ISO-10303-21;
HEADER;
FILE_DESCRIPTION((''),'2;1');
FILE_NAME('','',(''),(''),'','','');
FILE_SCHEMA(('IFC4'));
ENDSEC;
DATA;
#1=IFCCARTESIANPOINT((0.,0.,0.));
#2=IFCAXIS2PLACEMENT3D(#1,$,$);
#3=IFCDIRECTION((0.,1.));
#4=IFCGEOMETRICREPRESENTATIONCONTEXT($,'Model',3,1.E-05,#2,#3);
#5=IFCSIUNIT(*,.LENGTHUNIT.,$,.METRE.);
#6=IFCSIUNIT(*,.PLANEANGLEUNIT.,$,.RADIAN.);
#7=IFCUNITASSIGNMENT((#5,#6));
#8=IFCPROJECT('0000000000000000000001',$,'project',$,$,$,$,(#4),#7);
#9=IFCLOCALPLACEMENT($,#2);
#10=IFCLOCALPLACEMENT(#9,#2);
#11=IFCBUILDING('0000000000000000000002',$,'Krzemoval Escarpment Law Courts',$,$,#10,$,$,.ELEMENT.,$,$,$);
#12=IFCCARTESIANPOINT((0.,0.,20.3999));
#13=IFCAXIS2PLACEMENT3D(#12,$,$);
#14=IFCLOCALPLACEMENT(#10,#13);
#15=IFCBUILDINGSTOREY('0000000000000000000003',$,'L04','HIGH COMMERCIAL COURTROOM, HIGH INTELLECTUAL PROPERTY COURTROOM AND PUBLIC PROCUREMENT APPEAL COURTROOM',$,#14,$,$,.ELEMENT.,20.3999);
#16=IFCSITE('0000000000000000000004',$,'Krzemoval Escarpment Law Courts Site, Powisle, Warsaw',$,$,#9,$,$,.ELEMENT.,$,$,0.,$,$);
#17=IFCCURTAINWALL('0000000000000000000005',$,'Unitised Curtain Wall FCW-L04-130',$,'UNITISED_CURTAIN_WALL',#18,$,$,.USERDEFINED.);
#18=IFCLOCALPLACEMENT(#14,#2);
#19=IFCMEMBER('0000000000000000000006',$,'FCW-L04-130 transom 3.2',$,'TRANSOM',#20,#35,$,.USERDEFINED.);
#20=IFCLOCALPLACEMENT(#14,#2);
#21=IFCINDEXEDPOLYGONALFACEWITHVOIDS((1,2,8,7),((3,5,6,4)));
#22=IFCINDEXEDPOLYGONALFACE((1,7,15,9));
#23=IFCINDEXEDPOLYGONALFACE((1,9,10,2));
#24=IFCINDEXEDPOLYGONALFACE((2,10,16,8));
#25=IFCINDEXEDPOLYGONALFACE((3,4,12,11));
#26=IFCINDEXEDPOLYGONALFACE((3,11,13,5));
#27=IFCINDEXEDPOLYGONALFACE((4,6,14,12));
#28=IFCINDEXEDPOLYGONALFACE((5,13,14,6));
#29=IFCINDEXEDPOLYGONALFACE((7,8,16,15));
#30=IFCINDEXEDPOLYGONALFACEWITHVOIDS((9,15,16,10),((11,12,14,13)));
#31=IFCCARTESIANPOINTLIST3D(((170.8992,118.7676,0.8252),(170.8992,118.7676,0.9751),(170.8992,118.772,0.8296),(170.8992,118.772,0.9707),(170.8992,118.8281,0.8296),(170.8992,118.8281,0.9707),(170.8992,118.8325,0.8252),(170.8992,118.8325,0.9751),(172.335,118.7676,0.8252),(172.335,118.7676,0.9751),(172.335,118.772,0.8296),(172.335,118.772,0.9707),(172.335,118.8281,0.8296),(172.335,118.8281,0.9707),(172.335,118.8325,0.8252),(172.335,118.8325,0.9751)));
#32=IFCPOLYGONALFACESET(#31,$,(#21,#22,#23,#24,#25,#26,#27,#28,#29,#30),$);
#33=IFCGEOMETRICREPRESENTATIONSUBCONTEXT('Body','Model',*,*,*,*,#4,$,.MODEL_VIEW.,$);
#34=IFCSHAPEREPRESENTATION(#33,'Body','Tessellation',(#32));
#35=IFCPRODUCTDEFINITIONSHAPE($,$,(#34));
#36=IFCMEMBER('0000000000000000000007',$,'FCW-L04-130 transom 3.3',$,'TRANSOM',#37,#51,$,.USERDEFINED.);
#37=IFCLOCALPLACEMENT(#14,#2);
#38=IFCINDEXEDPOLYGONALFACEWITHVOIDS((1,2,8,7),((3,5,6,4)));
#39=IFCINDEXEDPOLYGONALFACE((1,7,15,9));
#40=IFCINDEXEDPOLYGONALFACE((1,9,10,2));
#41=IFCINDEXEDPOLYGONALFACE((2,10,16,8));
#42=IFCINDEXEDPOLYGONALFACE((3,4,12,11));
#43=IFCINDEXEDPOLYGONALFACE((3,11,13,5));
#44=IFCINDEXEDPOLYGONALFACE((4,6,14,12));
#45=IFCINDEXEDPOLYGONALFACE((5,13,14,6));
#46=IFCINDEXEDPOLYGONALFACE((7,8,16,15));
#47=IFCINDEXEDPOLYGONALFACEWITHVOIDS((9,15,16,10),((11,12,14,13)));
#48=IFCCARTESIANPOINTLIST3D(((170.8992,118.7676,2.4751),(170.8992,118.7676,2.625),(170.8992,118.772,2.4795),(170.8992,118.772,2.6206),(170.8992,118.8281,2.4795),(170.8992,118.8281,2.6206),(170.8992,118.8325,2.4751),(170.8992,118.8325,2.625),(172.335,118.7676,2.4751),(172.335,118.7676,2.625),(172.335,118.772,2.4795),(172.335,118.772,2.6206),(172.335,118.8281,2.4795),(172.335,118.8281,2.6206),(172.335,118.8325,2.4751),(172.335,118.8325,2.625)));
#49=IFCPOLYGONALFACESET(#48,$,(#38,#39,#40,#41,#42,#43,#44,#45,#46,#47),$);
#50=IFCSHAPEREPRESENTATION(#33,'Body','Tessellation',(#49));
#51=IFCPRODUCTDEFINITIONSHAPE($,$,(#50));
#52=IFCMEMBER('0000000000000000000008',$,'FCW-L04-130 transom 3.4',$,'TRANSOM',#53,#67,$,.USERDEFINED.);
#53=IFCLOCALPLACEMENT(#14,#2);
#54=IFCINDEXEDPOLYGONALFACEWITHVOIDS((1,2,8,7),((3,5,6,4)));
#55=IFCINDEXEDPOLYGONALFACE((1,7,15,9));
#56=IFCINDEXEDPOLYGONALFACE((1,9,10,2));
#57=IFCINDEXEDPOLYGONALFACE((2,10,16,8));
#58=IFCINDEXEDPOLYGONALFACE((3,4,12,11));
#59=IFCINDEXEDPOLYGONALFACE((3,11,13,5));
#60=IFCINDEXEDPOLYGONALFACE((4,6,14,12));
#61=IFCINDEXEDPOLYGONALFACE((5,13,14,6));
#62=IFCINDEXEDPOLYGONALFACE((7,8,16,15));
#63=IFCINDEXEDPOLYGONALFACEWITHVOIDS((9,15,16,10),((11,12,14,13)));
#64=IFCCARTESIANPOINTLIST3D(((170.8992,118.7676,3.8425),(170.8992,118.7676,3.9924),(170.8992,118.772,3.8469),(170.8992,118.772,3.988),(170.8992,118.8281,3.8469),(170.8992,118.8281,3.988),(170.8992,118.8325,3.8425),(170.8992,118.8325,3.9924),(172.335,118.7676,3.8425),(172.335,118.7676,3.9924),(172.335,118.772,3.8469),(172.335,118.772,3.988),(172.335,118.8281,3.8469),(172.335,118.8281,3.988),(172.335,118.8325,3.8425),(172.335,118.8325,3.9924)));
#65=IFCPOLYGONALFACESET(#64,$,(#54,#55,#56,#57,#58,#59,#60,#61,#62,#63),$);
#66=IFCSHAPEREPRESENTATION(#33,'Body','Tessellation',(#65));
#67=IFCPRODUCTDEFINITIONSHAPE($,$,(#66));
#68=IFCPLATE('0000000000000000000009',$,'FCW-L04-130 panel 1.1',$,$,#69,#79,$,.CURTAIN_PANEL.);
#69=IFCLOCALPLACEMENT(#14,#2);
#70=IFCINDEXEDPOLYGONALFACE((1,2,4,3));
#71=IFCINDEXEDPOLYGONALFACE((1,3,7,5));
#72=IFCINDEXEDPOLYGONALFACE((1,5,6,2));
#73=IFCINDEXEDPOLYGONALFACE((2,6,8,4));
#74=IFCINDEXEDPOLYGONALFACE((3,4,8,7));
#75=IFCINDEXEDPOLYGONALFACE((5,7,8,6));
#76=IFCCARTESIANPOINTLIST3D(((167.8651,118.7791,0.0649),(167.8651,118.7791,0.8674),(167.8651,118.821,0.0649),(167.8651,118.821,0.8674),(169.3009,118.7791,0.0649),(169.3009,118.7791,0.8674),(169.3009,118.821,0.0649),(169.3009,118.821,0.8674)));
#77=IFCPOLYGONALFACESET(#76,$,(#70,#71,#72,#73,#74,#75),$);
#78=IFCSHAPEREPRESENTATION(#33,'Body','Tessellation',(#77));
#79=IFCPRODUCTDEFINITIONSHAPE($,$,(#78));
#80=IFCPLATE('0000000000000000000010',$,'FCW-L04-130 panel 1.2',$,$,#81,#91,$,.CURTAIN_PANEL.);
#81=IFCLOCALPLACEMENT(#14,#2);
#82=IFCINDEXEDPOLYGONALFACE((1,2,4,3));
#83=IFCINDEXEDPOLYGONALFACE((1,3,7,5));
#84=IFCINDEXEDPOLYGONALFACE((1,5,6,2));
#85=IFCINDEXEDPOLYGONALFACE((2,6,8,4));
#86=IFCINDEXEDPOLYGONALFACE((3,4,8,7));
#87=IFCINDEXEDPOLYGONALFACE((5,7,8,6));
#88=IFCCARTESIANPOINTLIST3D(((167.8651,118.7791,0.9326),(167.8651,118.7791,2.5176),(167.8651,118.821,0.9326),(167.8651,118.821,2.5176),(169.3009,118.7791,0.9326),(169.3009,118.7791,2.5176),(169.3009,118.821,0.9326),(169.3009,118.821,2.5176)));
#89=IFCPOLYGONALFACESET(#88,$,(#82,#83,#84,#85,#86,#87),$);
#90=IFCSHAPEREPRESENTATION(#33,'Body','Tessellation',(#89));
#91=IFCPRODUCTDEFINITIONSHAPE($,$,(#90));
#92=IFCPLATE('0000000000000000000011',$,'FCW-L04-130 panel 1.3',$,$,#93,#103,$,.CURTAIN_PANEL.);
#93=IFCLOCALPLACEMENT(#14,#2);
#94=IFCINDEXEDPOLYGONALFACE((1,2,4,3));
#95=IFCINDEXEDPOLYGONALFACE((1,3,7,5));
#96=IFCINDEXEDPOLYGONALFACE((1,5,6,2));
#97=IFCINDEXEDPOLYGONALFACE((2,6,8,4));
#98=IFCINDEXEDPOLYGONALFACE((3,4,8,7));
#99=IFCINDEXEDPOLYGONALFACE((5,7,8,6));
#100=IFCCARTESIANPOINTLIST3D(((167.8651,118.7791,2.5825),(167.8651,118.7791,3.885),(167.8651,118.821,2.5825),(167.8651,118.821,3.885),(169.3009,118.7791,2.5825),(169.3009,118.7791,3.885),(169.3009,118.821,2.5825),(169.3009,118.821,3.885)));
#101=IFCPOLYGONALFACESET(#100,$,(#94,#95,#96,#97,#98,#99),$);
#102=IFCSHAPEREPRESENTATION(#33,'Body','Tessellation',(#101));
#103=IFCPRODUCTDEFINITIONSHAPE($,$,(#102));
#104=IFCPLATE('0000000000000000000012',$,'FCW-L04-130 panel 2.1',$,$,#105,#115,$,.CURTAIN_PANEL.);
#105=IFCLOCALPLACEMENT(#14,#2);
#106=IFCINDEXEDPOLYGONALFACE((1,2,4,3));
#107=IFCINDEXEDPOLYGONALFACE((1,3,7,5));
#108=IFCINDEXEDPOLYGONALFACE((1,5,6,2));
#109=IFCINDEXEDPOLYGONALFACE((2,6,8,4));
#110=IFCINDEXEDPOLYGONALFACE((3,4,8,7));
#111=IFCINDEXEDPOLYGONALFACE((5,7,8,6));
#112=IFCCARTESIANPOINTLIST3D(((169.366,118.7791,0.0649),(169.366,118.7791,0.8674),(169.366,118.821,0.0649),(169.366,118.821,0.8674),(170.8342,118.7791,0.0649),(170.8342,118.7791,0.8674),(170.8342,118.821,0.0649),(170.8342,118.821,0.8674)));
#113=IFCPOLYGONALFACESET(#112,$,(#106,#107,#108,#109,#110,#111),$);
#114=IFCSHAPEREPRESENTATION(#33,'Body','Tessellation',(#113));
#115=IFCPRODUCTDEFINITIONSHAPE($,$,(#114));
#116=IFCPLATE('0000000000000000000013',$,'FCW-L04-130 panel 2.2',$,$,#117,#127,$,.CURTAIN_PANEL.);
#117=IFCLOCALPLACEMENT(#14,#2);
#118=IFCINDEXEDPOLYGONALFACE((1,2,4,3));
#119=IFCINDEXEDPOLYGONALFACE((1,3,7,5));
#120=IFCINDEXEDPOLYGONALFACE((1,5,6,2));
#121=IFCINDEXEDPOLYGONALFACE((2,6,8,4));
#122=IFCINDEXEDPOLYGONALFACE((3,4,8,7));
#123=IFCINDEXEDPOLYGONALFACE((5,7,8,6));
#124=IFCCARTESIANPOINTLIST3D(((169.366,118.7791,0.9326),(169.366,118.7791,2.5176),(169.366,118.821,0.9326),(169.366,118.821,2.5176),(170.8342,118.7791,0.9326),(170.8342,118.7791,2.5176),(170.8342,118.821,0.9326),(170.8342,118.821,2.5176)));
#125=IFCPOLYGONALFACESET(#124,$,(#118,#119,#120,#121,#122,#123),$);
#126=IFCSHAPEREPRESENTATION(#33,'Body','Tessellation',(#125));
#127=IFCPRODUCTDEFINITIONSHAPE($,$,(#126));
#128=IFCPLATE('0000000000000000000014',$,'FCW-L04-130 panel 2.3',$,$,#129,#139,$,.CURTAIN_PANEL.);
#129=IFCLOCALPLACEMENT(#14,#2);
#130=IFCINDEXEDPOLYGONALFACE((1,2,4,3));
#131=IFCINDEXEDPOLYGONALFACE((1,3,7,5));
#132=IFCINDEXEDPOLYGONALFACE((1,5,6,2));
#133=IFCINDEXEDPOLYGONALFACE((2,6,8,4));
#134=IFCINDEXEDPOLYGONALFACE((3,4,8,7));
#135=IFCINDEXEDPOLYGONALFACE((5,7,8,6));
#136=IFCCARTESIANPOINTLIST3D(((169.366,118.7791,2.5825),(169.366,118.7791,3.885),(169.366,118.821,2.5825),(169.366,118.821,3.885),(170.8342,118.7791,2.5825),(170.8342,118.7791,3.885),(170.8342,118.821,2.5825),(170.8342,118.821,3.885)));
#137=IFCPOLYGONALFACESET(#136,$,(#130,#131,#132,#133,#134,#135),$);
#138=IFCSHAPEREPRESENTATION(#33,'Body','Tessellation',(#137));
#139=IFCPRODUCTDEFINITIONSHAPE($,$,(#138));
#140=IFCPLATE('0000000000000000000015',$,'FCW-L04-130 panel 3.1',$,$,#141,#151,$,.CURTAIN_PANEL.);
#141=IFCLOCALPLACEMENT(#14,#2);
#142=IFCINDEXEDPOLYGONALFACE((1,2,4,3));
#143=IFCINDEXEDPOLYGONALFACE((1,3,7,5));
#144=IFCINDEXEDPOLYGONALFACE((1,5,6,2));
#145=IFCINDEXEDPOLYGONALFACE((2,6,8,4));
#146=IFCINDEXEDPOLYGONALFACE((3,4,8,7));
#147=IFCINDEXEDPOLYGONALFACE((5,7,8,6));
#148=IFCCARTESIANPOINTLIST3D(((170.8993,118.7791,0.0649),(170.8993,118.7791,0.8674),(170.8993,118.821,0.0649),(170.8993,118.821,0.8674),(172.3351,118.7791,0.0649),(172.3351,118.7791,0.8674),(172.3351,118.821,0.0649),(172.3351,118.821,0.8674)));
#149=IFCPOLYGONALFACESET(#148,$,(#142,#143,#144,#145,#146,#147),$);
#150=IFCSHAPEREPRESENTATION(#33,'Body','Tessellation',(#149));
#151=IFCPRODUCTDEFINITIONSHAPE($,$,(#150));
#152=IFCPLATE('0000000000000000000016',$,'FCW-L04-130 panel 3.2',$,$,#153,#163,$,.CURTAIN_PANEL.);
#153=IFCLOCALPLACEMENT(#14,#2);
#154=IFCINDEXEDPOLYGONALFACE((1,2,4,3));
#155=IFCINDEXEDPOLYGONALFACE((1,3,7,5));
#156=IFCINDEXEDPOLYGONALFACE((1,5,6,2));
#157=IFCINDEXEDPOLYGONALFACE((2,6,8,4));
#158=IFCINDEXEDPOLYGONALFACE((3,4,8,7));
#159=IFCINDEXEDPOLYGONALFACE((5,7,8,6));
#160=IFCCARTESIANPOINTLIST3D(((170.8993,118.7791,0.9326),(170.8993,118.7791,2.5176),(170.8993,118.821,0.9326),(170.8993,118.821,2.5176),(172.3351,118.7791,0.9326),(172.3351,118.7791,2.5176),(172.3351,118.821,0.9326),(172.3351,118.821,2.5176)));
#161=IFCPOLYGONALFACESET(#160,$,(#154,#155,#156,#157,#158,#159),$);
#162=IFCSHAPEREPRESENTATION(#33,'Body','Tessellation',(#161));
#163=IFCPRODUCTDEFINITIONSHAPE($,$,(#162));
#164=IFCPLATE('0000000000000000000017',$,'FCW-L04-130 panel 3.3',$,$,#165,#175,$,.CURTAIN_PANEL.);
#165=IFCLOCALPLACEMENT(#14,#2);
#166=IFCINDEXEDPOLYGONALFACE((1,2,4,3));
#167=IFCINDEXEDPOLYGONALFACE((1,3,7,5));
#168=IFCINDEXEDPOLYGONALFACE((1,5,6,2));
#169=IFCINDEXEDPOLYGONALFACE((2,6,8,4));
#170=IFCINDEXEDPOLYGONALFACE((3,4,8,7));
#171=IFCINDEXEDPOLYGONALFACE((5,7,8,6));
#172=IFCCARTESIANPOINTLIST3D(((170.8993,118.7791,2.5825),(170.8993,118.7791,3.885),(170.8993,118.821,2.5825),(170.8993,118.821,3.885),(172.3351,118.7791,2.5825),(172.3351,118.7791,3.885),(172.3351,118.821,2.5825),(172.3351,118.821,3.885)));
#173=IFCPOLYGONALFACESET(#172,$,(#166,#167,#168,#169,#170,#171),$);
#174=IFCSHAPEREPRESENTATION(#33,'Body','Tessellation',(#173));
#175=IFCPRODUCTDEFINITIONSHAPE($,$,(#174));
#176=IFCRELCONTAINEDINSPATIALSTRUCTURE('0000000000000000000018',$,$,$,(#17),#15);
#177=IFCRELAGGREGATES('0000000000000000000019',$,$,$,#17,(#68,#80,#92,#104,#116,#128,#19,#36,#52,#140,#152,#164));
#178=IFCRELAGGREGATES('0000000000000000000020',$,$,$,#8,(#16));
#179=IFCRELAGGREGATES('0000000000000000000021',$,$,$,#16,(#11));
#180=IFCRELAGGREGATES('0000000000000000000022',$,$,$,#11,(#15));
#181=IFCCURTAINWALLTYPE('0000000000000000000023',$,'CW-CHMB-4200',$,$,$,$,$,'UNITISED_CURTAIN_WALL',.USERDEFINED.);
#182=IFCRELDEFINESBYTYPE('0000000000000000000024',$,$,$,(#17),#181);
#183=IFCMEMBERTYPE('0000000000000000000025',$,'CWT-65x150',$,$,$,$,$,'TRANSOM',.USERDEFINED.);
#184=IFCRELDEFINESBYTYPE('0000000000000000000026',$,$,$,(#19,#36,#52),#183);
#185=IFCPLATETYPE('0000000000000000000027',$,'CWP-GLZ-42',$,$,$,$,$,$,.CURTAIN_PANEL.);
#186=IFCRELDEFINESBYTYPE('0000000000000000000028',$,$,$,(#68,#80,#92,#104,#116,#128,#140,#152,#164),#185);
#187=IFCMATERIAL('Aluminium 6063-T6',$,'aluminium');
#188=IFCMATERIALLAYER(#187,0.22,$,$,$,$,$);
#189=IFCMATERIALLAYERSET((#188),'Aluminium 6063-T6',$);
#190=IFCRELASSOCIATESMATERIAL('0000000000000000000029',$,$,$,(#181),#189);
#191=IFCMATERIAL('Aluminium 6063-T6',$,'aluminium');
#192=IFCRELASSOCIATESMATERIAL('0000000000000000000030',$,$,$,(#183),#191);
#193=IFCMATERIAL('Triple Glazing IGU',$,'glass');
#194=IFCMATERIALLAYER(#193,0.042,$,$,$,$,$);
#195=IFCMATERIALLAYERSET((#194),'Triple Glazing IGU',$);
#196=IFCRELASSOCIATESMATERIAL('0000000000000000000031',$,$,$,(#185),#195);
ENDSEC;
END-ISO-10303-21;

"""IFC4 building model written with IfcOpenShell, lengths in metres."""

from ifc_helpers import new_model, si_unit, direction, frame, origin, origin_2d, place, context, subcontext, project, spatial, rectangle, hollow_rectangle, extrude, material, layer, layer_set, material_profile, profile_set, type_object, element, aggregate, save


model = new_model("IFC4")

# Units and contexts
model_context = context("Model", 3, precision=1e-05, world=origin(), true_north=direction((0.0, 1.0)))
body_context = subcontext(model_context, "Body", "Model", "MODEL_VIEW")
ifc_project = project(units=[si_unit("LENGTHUNIT", "METRE"), si_unit("PLANEANGLEUNIT", "RADIAN")], contexts=[model_context])

# Site, building, storey
site_placement = place(None, origin())
site = spatial("IfcSite", under=ifc_project, at=site_placement, Name="Krzemoval Escarpment Law Courts Site, Powisle, Warsaw", CompositionType="ELEMENT", RefElevation=0.0)
building_placement = place(site_placement, origin())
building = spatial("IfcBuilding", under=site, at=building_placement, Name="Krzemoval Escarpment Law Courts", CompositionType="ELEMENT")
storey_placement = place(building_placement, frame((0.0, 0.0, 20.3999)))
storey = spatial("IfcBuildingStorey", under=building, at=storey_placement, Name="L04", Description="HIGH COMMERCIAL COURTROOM, HIGH INTELLECTUAL PROPERTY COURTROOM AND PUBLIC PROCUREMENT APPEAL COURTROOM", CompositionType="ELEMENT", Elevation=20.3999)

# Curtain wall, members, plates
ifc_material_1 = material(Name="Aluminium 6063-T6", Category="aluminium")
ifc_layer_1 = layer(ifc_material_1, 0.22)
ifc_layer_set_1 = layer_set([ifc_layer_1], Name="Aluminium 6063-T6")
curtain_wall_type = type_object("IfcCurtainWallType", Name="CW-CHMB-4200", ElementType="UNITISED_CURTAIN_WALL", PredefinedType="USERDEFINED", material=ifc_layer_set_1)
curtain_wall_placement = place(storey_placement, origin())
curtain_wall = element("IfcCurtainWall", 1, at=curtain_wall_placement, inside=storey, type_object=curtain_wall_type, Name="Unitised Curtain Wall FCW-L04-130", ObjectType="UNITISED_CURTAIN_WALL", PredefinedType="USERDEFINED")
ifc_material_2 = material(Name="Aluminium 6063-T6", Category="aluminium")
ifc_material_profile_1 = material_profile(ifc_material_2, hollow_rectangle(XDim=0.0649, YDim=0.1499, WallThickness=0.0044, at=origin_2d()), Name="ALU T65x150")
ifc_profile_set_1 = profile_set([ifc_material_profile_1], Name="Aluminium 6063-T6")
member_type_1 = type_object("IfcMemberType", Name="CWT-65x150", ElementType="TRANSOM", PredefinedType="USERDEFINED", material=ifc_profile_set_1)
member_1_placement = place(storey_placement, frame((170.8992, 118.8, 0.9001), z_axis=(1.0, 0.0, 0.0), x_axis=(0.0, 1.0, 0.0)))
member_1 = element("IfcMember", 2, at=member_1_placement, type_object=member_type_1, Name="FCW-L04-130 transom 3.2", ObjectType="TRANSOM", PredefinedType="USERDEFINED", context=body_context, shape_type="SweptSolid", body=[
    extrude(hollow_rectangle(XDim=0.0649, YDim=0.1499, WallThickness=0.0044, at=origin_2d()), origin(), (0.0, 0.0, 1.0), 1.4358),
])
member_2_placement = place(storey_placement, frame((170.8992, 118.8, 2.55), z_axis=(1.0, 0.0, 0.0), x_axis=(0.0, 1.0, 0.0)))
member_2 = element("IfcMember", 3, at=member_2_placement, type_object=member_type_1, Name="FCW-L04-130 transom 3.3", ObjectType="TRANSOM", PredefinedType="USERDEFINED", context=body_context, shape_type="SweptSolid", body=[
    extrude(hollow_rectangle(XDim=0.0649, YDim=0.1499, WallThickness=0.0044, at=origin_2d()), origin(), (0.0, 0.0, 1.0), 1.4358),
])
member_3_placement = place(storey_placement, frame((170.8992, 118.8, 3.9175), z_axis=(1.0, 0.0, 0.0), x_axis=(0.0, 1.0, 0.0)))
member_3 = element("IfcMember", 4, at=member_3_placement, type_object=member_type_1, Name="FCW-L04-130 transom 3.4", ObjectType="TRANSOM", PredefinedType="USERDEFINED", context=body_context, shape_type="SweptSolid", body=[
    extrude(hollow_rectangle(XDim=0.0649, YDim=0.1499, WallThickness=0.0044, at=origin_2d()), origin(), (0.0, 0.0, 1.0), 1.4358),
])
ifc_material_3 = material(Name="Triple Glazing IGU", Category="glass")
ifc_layer_2 = layer(ifc_material_3, 0.042)
ifc_layer_set_2 = layer_set([ifc_layer_2], Name="Triple Glazing IGU")
plate_type = type_object("IfcPlateType", Name="CWP-GLZ-42", PredefinedType="CURTAIN_PANEL", material=ifc_layer_set_2)
plate_1_placement = place(storey_placement, frame((168.583, 118.8, 0.0649), z_axis=(0.0, 0.0, 1.0), x_axis=(1.0, 0.0, 0.0)))
plate_1 = element("IfcPlate", 5, at=plate_1_placement, type_object=plate_type, Name="FCW-L04-130 panel 1.1", PredefinedType="CURTAIN_PANEL", context=body_context, shape_type="SweptSolid", body=[
    extrude(rectangle(XDim=1.4358, YDim=0.042, at=origin_2d()), origin(), (0.0, 0.0, 1.0), 0.8025),
])
plate_2_placement = place(storey_placement, frame((168.583, 118.8, 0.9326), z_axis=(0.0, 0.0, 1.0), x_axis=(1.0, 0.0, 0.0)))
plate_2 = element("IfcPlate", 6, at=plate_2_placement, type_object=plate_type, Name="FCW-L04-130 panel 1.2", PredefinedType="CURTAIN_PANEL", context=body_context, shape_type="SweptSolid", body=[
    extrude(rectangle(XDim=1.4358, YDim=0.042, at=origin_2d()), origin(), (0.0, 0.0, 1.0), 1.585),
])
plate_3_placement = place(storey_placement, frame((168.583, 118.8, 2.5825), z_axis=(0.0, 0.0, 1.0), x_axis=(1.0, 0.0, 0.0)))
plate_3 = element("IfcPlate", 7, at=plate_3_placement, type_object=plate_type, Name="FCW-L04-130 panel 1.3", PredefinedType="CURTAIN_PANEL", context=body_context, shape_type="SweptSolid", body=[
    extrude(rectangle(XDim=1.4358, YDim=0.042, at=origin_2d()), origin(), (0.0, 0.0, 1.0), 1.3025),
])
plate_4_placement = place(storey_placement, frame((170.1001, 118.8, 0.0649), z_axis=(0.0, 0.0, 1.0), x_axis=(1.0, 0.0, 0.0)))
plate_4 = element("IfcPlate", 8, at=plate_4_placement, type_object=plate_type, Name="FCW-L04-130 panel 2.1", PredefinedType="CURTAIN_PANEL", context=body_context, shape_type="SweptSolid", body=[
    extrude(rectangle(XDim=1.4683, YDim=0.042, at=origin_2d()), origin(), (0.0, 0.0, 1.0), 0.8025),
])
plate_5_placement = place(storey_placement, frame((170.1001, 118.8, 0.9326), z_axis=(0.0, 0.0, 1.0), x_axis=(1.0, 0.0, 0.0)))
plate_5 = element("IfcPlate", 9, at=plate_5_placement, type_object=plate_type, Name="FCW-L04-130 panel 2.2", PredefinedType="CURTAIN_PANEL", context=body_context, shape_type="SweptSolid", body=[
    extrude(rectangle(XDim=1.4683, YDim=0.042, at=origin_2d()), origin(), (0.0, 0.0, 1.0), 1.585),
])
plate_6_placement = place(storey_placement, frame((170.1001, 118.8, 2.5825), z_axis=(0.0, 0.0, 1.0), x_axis=(1.0, 0.0, 0.0)))
plate_6 = element("IfcPlate", 10, at=plate_6_placement, type_object=plate_type, Name="FCW-L04-130 panel 2.3", PredefinedType="CURTAIN_PANEL", context=body_context, shape_type="SweptSolid", body=[
    extrude(rectangle(XDim=1.4683, YDim=0.042, at=origin_2d()), origin(), (0.0, 0.0, 1.0), 1.3025),
])
plate_7_placement = place(storey_placement, frame((171.6172, 118.8, 0.0649), z_axis=(0.0, 0.0, 1.0), x_axis=(1.0, 0.0, 0.0)))
plate_7 = element("IfcPlate", 11, at=plate_7_placement, type_object=plate_type, Name="FCW-L04-130 panel 3.1", PredefinedType="CURTAIN_PANEL", context=body_context, shape_type="SweptSolid", body=[
    extrude(rectangle(XDim=1.4358, YDim=0.042, at=origin_2d()), origin(), (0.0, 0.0, 1.0), 0.8025),
])
plate_8_placement = place(storey_placement, frame((171.6172, 118.8, 0.9326), z_axis=(0.0, 0.0, 1.0), x_axis=(1.0, 0.0, 0.0)))
plate_8 = element("IfcPlate", 12, at=plate_8_placement, type_object=plate_type, Name="FCW-L04-130 panel 3.2", PredefinedType="CURTAIN_PANEL", context=body_context, shape_type="SweptSolid", body=[
    extrude(rectangle(XDim=1.4358, YDim=0.042, at=origin_2d()), origin(), (0.0, 0.0, 1.0), 1.585),
])
plate_9_placement = place(storey_placement, frame((171.6172, 118.8, 2.5825), z_axis=(0.0, 0.0, 1.0), x_axis=(1.0, 0.0, 0.0)))
plate_9 = element("IfcPlate", 13, at=plate_9_placement, type_object=plate_type, Name="FCW-L04-130 panel 3.3", PredefinedType="CURTAIN_PANEL", context=body_context, shape_type="SweptSolid", body=[
    extrude(rectangle(XDim=1.4358, YDim=0.042, at=origin_2d()), origin(), (0.0, 0.0, 1.0), 1.3025),
])
aggregate(curtain_wall, [plate_1, plate_2, plate_3, plate_4, plate_5, plate_6, member_1, member_2, member_3, plate_7, plate_8, plate_9])

save(model, "model.ifc")
